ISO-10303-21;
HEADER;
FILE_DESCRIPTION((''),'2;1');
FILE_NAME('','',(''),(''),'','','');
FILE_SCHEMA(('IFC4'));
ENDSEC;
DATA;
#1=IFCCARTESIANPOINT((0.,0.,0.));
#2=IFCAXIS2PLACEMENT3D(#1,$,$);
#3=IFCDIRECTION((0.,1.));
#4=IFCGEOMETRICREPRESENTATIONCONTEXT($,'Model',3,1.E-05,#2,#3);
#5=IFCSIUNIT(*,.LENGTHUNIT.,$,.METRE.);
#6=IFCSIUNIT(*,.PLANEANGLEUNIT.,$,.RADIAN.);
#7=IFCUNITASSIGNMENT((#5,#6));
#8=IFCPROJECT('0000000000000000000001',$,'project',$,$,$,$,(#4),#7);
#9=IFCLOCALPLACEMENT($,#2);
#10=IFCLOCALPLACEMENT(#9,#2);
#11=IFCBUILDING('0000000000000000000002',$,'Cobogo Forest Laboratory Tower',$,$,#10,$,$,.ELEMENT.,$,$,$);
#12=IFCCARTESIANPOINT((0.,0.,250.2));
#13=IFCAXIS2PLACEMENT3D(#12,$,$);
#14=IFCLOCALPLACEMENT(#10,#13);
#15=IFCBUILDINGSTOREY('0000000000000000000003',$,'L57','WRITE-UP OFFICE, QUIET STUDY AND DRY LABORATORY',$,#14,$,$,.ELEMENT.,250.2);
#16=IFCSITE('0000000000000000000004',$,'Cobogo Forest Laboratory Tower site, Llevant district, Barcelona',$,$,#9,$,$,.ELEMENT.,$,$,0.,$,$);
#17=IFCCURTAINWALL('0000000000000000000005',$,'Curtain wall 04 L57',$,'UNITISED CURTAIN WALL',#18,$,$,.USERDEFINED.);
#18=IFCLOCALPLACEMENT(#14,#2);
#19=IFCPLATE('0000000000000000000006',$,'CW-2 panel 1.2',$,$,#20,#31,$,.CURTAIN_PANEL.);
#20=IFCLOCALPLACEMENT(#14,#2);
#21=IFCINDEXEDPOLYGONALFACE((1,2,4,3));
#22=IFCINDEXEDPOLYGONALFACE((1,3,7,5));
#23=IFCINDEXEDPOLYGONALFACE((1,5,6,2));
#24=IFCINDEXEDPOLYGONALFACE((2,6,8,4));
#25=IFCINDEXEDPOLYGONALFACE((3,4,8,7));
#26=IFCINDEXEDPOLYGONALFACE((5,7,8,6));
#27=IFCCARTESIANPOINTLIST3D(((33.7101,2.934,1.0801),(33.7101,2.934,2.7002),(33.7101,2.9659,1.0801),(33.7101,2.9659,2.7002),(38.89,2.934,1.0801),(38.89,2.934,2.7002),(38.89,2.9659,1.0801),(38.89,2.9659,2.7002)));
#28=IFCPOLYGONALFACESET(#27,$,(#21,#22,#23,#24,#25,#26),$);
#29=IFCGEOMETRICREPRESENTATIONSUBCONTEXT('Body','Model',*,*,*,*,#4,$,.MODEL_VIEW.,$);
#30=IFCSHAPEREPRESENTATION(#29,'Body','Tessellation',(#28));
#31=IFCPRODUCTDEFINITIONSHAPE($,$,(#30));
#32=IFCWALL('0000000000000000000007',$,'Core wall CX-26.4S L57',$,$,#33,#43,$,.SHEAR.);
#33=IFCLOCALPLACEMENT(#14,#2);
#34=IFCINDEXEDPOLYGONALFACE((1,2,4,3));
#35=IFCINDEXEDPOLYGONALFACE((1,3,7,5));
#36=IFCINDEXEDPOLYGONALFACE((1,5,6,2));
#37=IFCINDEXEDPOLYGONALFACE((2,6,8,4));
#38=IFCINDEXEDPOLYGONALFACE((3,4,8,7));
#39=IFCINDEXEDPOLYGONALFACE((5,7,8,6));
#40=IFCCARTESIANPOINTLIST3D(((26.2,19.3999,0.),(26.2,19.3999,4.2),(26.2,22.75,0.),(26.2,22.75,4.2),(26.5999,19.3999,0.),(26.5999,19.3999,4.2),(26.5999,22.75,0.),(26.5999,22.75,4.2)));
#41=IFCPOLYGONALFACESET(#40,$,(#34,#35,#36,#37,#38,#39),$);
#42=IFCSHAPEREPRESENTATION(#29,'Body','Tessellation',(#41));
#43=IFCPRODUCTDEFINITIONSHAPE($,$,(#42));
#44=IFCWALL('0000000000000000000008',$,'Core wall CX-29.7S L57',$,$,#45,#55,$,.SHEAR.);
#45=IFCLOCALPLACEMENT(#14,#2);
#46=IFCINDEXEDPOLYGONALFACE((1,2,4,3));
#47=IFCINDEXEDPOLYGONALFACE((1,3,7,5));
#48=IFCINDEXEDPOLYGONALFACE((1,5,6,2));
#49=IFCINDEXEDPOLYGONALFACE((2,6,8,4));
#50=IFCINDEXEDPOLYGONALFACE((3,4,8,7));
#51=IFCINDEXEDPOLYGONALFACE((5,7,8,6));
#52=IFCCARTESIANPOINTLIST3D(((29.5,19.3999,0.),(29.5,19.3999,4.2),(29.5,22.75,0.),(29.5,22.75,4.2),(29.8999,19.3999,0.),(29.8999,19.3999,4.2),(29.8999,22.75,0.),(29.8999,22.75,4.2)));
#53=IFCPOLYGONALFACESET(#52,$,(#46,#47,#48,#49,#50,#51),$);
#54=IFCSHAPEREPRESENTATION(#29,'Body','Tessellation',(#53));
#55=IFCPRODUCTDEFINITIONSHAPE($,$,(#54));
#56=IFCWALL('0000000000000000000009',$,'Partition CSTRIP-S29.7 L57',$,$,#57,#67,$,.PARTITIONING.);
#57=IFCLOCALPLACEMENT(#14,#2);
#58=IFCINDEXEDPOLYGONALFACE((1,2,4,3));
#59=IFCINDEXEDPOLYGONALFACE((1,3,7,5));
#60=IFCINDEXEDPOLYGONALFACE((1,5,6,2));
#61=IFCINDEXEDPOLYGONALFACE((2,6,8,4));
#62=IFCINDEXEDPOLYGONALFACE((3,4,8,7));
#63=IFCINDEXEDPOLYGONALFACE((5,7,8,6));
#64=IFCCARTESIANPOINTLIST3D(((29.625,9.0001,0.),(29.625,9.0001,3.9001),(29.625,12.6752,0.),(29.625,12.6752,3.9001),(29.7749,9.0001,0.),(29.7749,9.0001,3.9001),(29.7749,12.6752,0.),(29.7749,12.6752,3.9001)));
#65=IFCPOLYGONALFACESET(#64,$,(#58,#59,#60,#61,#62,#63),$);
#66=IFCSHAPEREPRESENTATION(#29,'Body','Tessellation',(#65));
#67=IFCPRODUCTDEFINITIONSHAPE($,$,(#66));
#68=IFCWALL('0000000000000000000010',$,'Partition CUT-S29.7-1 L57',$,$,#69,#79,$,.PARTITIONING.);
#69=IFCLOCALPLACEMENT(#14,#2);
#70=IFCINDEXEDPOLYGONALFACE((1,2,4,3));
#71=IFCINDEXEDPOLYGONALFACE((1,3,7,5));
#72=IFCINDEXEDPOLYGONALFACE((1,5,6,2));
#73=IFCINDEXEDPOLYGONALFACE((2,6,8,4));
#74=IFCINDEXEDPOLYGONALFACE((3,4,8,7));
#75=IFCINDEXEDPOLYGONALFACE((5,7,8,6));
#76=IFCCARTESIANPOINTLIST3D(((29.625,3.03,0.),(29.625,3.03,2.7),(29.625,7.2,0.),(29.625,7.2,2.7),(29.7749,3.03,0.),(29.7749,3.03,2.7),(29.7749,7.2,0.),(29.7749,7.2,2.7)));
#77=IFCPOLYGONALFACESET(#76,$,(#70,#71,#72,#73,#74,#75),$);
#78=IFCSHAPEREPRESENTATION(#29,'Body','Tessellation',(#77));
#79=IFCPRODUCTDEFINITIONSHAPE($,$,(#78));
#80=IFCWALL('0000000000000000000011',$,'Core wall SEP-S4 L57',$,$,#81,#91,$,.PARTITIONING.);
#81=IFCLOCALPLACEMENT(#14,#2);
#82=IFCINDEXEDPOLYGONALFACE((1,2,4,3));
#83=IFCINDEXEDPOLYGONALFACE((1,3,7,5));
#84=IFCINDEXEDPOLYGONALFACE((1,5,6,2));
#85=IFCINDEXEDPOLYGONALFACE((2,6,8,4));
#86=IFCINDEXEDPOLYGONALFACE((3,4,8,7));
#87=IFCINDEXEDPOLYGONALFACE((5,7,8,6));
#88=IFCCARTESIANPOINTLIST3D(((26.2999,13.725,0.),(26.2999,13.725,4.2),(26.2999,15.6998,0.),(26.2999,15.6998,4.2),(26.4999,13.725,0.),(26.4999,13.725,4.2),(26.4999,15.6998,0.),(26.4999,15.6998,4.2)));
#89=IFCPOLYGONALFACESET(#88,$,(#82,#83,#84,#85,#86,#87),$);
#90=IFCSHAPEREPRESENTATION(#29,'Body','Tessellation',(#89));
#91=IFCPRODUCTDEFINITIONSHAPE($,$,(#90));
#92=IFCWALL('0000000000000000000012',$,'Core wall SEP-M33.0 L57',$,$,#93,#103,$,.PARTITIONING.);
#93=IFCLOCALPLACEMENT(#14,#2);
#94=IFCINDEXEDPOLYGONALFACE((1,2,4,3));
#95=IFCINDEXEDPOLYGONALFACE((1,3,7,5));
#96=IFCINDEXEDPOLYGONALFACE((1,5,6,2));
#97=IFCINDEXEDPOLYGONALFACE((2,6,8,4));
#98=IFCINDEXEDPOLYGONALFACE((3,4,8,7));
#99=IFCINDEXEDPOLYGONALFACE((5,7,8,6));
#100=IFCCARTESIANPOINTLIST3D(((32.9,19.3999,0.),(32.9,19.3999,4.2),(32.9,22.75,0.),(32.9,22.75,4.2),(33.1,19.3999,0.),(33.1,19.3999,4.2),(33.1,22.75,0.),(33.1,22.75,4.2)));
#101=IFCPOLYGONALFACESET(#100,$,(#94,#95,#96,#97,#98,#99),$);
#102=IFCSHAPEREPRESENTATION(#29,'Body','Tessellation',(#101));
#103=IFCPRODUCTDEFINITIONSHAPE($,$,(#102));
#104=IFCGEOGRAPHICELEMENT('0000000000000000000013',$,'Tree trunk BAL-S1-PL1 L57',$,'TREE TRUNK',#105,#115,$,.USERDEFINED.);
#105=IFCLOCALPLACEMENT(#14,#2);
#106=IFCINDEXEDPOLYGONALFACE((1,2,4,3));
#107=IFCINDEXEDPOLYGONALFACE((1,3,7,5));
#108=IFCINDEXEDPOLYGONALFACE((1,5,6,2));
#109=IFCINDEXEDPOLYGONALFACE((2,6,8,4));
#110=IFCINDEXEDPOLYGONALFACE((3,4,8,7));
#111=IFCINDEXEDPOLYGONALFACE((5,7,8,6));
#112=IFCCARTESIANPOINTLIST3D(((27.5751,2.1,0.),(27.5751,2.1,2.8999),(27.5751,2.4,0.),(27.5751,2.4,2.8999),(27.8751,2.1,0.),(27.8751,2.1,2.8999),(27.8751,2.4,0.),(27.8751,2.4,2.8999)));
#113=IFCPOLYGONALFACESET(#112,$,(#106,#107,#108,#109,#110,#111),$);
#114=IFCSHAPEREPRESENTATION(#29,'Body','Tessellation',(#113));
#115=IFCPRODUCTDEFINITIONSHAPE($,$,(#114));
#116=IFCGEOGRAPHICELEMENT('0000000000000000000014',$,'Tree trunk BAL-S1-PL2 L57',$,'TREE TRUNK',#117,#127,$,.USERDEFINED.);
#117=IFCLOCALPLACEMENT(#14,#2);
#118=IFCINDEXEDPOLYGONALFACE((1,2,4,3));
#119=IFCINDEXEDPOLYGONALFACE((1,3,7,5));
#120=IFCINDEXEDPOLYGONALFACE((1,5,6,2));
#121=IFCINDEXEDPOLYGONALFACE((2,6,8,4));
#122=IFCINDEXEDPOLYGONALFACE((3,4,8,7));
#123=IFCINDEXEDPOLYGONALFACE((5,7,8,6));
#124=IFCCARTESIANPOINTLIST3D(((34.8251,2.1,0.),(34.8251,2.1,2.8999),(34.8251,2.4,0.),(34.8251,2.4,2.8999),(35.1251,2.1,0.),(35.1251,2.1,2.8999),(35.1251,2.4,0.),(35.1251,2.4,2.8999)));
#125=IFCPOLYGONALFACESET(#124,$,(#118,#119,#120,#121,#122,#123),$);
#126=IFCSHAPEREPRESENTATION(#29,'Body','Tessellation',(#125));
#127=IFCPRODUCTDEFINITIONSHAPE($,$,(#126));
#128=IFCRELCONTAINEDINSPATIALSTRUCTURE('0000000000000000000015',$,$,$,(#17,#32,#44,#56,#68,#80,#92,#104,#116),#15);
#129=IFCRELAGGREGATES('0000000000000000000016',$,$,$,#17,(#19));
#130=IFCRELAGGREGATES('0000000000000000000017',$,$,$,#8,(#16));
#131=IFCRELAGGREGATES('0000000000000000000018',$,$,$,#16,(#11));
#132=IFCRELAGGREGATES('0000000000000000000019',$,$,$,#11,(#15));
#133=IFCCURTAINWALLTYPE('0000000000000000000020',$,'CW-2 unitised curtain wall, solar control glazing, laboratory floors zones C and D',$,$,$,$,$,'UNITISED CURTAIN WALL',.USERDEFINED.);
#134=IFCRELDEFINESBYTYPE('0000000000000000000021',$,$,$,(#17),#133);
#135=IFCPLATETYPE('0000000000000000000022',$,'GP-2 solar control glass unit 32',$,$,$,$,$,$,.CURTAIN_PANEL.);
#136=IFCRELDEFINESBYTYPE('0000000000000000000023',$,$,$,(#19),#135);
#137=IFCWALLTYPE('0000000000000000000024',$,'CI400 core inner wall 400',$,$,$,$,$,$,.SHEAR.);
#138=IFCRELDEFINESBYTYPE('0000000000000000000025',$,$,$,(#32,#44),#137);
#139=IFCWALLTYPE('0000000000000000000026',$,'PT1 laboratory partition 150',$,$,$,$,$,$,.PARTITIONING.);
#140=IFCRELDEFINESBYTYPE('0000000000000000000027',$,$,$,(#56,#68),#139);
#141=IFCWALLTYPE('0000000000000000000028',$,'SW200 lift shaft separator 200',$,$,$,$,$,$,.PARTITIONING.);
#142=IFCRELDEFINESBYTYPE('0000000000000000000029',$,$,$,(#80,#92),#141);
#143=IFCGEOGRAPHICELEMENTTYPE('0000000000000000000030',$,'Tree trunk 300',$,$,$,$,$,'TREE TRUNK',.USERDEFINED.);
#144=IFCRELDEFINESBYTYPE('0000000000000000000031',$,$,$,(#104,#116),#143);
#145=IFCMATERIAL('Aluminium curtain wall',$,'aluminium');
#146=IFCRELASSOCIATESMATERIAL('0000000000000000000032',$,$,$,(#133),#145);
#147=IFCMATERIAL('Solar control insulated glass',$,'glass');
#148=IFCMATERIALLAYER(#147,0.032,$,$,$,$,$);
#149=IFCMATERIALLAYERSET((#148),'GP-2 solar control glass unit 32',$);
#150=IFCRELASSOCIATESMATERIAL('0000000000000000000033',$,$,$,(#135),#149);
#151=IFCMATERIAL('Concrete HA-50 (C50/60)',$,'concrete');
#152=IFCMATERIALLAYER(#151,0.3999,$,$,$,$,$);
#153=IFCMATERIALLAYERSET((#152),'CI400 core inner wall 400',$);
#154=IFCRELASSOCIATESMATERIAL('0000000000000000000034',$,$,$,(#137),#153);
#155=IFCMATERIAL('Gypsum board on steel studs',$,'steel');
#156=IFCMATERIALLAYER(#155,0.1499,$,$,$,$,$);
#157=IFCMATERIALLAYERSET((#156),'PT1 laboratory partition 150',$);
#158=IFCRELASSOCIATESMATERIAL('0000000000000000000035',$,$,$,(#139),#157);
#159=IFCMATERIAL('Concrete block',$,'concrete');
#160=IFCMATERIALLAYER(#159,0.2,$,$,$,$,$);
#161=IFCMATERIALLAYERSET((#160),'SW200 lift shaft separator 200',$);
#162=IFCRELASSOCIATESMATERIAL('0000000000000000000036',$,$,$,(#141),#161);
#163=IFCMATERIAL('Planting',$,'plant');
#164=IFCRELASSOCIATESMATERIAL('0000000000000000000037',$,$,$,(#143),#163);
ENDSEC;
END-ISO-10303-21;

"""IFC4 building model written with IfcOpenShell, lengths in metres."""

from ifc_helpers import new_model, si_unit, direction, frame, frame_2d, origin, origin_2d, place, context, subcontext, project, spatial, rectangle, extrude, material, layer, layer_set, type_object, element, aggregate, save


model = new_model("IFC4")

# Units and contexts
model_context = context("Model", 3, precision=1e-05, world=origin(), true_north=direction((0.0, 1.0)))
body_context = subcontext(model_context, "Body", "Model", "MODEL_VIEW")
ifc_project = project(units=[si_unit("LENGTHUNIT", "METRE"), si_unit("PLANEANGLEUNIT", "RADIAN")], contexts=[model_context])

# Site, building, storey
site_placement = place(None, origin())
site = spatial("IfcSite", under=ifc_project, at=site_placement, Name="Cobogo Forest Laboratory Tower site, Llevant district, Barcelona", CompositionType="ELEMENT", RefElevation=0.0)
building_placement = place(site_placement, origin())
building = spatial("IfcBuilding", under=site, at=building_placement, Name="Cobogo Forest Laboratory Tower", CompositionType="ELEMENT")
storey_placement = place(building_placement, frame((0.0, 0.0, 250.2)))
storey = spatial("IfcBuildingStorey", under=building, at=storey_placement, Name="L57", Description="WRITE-UP OFFICE, QUIET STUDY AND DRY LABORATORY", CompositionType="ELEMENT", Elevation=250.2)

# Shared definitions
ifc_material_1 = material(Name="Concrete HA-50 (C50/60)", Category="concrete")

# Curtain wall
ifc_material_2 = material(Name="Aluminium curtain wall", Category="aluminium")
curtain_wall_type = type_object("IfcCurtainWallType", Name="CW-2 unitised curtain wall, solar control glazing, laboratory floors zones C and D", ElementType="UNITISED CURTAIN WALL", PredefinedType="USERDEFINED", material=ifc_material_2)
curtain_wall_1_placement = place(storey_placement, origin())
curtain_wall_1 = element("IfcCurtainWall", 1, at=curtain_wall_1_placement, inside=storey, type_object=curtain_wall_type, Name="Curtain wall 04 L57", ObjectType="UNITISED CURTAIN WALL", PredefinedType="USERDEFINED")

# Plate
ifc_material_3 = material(Name="Solar control insulated glass", Category="glass")
ifc_layer_1 = layer(ifc_material_3, 0.032)
ifc_layer_set_1 = layer_set([ifc_layer_1], Name="GP-2 solar control glass unit 32")
plate_type = type_object("IfcPlateType", Name="GP-2 solar control glass unit 32", PredefinedType="CURTAIN_PANEL", material=ifc_layer_set_1)
plate_1_placement = place(storey_placement, frame((36.3, 2.95, 1.0801), z_axis=(0.0, 0.0, 1.0), x_axis=(1.0, 0.0, 0.0)))
plate_1 = element("IfcPlate", 2, at=plate_1_placement, type_object=plate_type, Name="CW-2 panel 1.2", PredefinedType="CURTAIN_PANEL", context=body_context, shape_type="SweptSolid", body=[
    extrude(rectangle(XDim=5.1799, YDim=0.032, at=origin_2d()), origin(), (0.0, 0.0, 1.0), 1.6201),
])
aggregate(curtain_wall_1, [plate_1])

# Walls
ifc_layer_2 = layer(ifc_material_1, 0.3999)
ifc_layer_set_2 = layer_set([ifc_layer_2], Name="CI400 core inner wall 400")
wall_type_1 = type_object("IfcWallType", Name="CI400 core inner wall 400", PredefinedType="SHEAR", material=ifc_layer_set_2)
for number, where, z_axis, x_axis, name in (
    (3, (26.3999, 19.3999, 0.0), (0.0, 0.0, 1.0), (0.0, 1.0, 0.0), "Core wall CX-26.4S L57"),
    (4, (29.7, 19.3999, 0.0), (0.0, 0.0, 1.0), (0.0, 1.0, 0.0), "Core wall CX-29.7S L57"),
):
    element("IfcWall", number, at=place(storey_placement, frame(where, z_axis=z_axis, x_axis=x_axis)), inside=storey, type_object=wall_type_1, Name=name, PredefinedType="SHEAR", context=body_context, shape_type="SweptSolid", body=[
        extrude(rectangle(XDim=3.3501, YDim=0.3999, at=frame_2d((1.675, 0.0))), origin(), (0.0, 0.0, 1.0), 4.2),
    ])

# Walls
ifc_material_4 = material(Name="Gypsum board on steel studs", Category="steel")
ifc_layer_3 = layer(ifc_material_4, 0.1499)
ifc_layer_set_3 = layer_set([ifc_layer_3], Name="PT1 laboratory partition 150")
wall_type_2 = type_object("IfcWallType", Name="PT1 laboratory partition 150", PredefinedType="PARTITIONING", material=ifc_layer_set_3)
wall_1_placement = place(storey_placement, frame((29.7, 12.675, 0.0), z_axis=(0.0, 0.0, 1.0), x_axis=(0.0, -1.0, 0.0)))
element("IfcWall", 5, at=wall_1_placement, inside=storey, type_object=wall_type_2, Name="Partition CSTRIP-S29.7 L57", PredefinedType="PARTITIONING", context=body_context, shape_type="SweptSolid", body=[
    extrude(rectangle(XDim=3.675, YDim=0.1499, at=frame_2d((1.8374, 0.0))), origin(), (0.0, 0.0, 1.0), 3.9001),
])
wall_2_placement = place(storey_placement, frame((29.7, 3.03, 0.0), z_axis=(0.0, 0.0, 1.0), x_axis=(0.0, 1.0, 0.0)))
element("IfcWall", 6, at=wall_2_placement, inside=storey, type_object=wall_type_2, Name="Partition CUT-S29.7-1 L57", PredefinedType="PARTITIONING", context=body_context, shape_type="SweptSolid", body=[
    extrude(rectangle(XDim=4.1699, YDim=0.1499, at=frame_2d((2.085, 0.0))), origin(), (0.0, 0.0, 1.0), 2.7),
])
ifc_material_5 = material(Name="Concrete block", Category="concrete")
ifc_layer_4 = layer(ifc_material_5, 0.2)
ifc_layer_set_4 = layer_set([ifc_layer_4], Name="SW200 lift shaft separator 200")
wall_type_3 = type_object("IfcWallType", Name="SW200 lift shaft separator 200", PredefinedType="PARTITIONING", material=ifc_layer_set_4)
wall_3_placement = place(storey_placement, frame((26.3999, 13.7251, 0.0), z_axis=(0.0, 0.0, 1.0), x_axis=(0.0, 1.0, 0.0)))
element("IfcWall", 7, at=wall_3_placement, inside=storey, type_object=wall_type_3, Name="Core wall SEP-S4 L57", PredefinedType="PARTITIONING", context=body_context, shape_type="SweptSolid", body=[
    extrude(rectangle(XDim=1.9749, YDim=0.2, at=frame_2d((0.9873, 0.0))), origin(), (0.0, 0.0, 1.0), 4.2),
])
wall_4_placement = place(storey_placement, frame((33.0, 19.3999, 0.0), z_axis=(0.0, 0.0, 1.0), x_axis=(0.0, 1.0, 0.0)))
element("IfcWall", 8, at=wall_4_placement, inside=storey, type_object=wall_type_3, Name="Core wall SEP-M33.0 L57", PredefinedType="PARTITIONING", context=body_context, shape_type="SweptSolid", body=[
    extrude(rectangle(XDim=3.3501, YDim=0.2, at=frame_2d((1.675, 0.0))), origin(), (0.0, 0.0, 1.0), 4.2),
])

# Geographic elements
ifc_material_6 = material(Name="Planting", Category="plant")
geographic_element_type = type_object("IfcGeographicElementType", Name="Tree trunk 300", ElementType="TREE TRUNK", PredefinedType="USERDEFINED", material=ifc_material_6)
for number, where, z_axis, x_axis, name in (
    (9, (27.7251, 2.25, 0.0), (0.0, 0.0, 1.0), (1.0, 0.0, 0.0), "Tree trunk BAL-S1-PL1 L57"),
    (10, (34.9751, 2.25, 0.0), (0.0, 0.0, 1.0), (1.0, 0.0, 0.0), "Tree trunk BAL-S1-PL2 L57"),
):
    element("IfcGeographicElement", number, at=place(storey_placement, frame(where, z_axis=z_axis, x_axis=x_axis)), inside=storey, type_object=geographic_element_type, Name=name, ObjectType="TREE TRUNK", PredefinedType="USERDEFINED", context=body_context, shape_type="SweptSolid", body=[
        extrude(rectangle(XDim=0.3, YDim=0.3, at=origin_2d()), origin(), (0.0, 0.0, 1.0), 2.8999),
    ])

save(model, "model.ifc")
